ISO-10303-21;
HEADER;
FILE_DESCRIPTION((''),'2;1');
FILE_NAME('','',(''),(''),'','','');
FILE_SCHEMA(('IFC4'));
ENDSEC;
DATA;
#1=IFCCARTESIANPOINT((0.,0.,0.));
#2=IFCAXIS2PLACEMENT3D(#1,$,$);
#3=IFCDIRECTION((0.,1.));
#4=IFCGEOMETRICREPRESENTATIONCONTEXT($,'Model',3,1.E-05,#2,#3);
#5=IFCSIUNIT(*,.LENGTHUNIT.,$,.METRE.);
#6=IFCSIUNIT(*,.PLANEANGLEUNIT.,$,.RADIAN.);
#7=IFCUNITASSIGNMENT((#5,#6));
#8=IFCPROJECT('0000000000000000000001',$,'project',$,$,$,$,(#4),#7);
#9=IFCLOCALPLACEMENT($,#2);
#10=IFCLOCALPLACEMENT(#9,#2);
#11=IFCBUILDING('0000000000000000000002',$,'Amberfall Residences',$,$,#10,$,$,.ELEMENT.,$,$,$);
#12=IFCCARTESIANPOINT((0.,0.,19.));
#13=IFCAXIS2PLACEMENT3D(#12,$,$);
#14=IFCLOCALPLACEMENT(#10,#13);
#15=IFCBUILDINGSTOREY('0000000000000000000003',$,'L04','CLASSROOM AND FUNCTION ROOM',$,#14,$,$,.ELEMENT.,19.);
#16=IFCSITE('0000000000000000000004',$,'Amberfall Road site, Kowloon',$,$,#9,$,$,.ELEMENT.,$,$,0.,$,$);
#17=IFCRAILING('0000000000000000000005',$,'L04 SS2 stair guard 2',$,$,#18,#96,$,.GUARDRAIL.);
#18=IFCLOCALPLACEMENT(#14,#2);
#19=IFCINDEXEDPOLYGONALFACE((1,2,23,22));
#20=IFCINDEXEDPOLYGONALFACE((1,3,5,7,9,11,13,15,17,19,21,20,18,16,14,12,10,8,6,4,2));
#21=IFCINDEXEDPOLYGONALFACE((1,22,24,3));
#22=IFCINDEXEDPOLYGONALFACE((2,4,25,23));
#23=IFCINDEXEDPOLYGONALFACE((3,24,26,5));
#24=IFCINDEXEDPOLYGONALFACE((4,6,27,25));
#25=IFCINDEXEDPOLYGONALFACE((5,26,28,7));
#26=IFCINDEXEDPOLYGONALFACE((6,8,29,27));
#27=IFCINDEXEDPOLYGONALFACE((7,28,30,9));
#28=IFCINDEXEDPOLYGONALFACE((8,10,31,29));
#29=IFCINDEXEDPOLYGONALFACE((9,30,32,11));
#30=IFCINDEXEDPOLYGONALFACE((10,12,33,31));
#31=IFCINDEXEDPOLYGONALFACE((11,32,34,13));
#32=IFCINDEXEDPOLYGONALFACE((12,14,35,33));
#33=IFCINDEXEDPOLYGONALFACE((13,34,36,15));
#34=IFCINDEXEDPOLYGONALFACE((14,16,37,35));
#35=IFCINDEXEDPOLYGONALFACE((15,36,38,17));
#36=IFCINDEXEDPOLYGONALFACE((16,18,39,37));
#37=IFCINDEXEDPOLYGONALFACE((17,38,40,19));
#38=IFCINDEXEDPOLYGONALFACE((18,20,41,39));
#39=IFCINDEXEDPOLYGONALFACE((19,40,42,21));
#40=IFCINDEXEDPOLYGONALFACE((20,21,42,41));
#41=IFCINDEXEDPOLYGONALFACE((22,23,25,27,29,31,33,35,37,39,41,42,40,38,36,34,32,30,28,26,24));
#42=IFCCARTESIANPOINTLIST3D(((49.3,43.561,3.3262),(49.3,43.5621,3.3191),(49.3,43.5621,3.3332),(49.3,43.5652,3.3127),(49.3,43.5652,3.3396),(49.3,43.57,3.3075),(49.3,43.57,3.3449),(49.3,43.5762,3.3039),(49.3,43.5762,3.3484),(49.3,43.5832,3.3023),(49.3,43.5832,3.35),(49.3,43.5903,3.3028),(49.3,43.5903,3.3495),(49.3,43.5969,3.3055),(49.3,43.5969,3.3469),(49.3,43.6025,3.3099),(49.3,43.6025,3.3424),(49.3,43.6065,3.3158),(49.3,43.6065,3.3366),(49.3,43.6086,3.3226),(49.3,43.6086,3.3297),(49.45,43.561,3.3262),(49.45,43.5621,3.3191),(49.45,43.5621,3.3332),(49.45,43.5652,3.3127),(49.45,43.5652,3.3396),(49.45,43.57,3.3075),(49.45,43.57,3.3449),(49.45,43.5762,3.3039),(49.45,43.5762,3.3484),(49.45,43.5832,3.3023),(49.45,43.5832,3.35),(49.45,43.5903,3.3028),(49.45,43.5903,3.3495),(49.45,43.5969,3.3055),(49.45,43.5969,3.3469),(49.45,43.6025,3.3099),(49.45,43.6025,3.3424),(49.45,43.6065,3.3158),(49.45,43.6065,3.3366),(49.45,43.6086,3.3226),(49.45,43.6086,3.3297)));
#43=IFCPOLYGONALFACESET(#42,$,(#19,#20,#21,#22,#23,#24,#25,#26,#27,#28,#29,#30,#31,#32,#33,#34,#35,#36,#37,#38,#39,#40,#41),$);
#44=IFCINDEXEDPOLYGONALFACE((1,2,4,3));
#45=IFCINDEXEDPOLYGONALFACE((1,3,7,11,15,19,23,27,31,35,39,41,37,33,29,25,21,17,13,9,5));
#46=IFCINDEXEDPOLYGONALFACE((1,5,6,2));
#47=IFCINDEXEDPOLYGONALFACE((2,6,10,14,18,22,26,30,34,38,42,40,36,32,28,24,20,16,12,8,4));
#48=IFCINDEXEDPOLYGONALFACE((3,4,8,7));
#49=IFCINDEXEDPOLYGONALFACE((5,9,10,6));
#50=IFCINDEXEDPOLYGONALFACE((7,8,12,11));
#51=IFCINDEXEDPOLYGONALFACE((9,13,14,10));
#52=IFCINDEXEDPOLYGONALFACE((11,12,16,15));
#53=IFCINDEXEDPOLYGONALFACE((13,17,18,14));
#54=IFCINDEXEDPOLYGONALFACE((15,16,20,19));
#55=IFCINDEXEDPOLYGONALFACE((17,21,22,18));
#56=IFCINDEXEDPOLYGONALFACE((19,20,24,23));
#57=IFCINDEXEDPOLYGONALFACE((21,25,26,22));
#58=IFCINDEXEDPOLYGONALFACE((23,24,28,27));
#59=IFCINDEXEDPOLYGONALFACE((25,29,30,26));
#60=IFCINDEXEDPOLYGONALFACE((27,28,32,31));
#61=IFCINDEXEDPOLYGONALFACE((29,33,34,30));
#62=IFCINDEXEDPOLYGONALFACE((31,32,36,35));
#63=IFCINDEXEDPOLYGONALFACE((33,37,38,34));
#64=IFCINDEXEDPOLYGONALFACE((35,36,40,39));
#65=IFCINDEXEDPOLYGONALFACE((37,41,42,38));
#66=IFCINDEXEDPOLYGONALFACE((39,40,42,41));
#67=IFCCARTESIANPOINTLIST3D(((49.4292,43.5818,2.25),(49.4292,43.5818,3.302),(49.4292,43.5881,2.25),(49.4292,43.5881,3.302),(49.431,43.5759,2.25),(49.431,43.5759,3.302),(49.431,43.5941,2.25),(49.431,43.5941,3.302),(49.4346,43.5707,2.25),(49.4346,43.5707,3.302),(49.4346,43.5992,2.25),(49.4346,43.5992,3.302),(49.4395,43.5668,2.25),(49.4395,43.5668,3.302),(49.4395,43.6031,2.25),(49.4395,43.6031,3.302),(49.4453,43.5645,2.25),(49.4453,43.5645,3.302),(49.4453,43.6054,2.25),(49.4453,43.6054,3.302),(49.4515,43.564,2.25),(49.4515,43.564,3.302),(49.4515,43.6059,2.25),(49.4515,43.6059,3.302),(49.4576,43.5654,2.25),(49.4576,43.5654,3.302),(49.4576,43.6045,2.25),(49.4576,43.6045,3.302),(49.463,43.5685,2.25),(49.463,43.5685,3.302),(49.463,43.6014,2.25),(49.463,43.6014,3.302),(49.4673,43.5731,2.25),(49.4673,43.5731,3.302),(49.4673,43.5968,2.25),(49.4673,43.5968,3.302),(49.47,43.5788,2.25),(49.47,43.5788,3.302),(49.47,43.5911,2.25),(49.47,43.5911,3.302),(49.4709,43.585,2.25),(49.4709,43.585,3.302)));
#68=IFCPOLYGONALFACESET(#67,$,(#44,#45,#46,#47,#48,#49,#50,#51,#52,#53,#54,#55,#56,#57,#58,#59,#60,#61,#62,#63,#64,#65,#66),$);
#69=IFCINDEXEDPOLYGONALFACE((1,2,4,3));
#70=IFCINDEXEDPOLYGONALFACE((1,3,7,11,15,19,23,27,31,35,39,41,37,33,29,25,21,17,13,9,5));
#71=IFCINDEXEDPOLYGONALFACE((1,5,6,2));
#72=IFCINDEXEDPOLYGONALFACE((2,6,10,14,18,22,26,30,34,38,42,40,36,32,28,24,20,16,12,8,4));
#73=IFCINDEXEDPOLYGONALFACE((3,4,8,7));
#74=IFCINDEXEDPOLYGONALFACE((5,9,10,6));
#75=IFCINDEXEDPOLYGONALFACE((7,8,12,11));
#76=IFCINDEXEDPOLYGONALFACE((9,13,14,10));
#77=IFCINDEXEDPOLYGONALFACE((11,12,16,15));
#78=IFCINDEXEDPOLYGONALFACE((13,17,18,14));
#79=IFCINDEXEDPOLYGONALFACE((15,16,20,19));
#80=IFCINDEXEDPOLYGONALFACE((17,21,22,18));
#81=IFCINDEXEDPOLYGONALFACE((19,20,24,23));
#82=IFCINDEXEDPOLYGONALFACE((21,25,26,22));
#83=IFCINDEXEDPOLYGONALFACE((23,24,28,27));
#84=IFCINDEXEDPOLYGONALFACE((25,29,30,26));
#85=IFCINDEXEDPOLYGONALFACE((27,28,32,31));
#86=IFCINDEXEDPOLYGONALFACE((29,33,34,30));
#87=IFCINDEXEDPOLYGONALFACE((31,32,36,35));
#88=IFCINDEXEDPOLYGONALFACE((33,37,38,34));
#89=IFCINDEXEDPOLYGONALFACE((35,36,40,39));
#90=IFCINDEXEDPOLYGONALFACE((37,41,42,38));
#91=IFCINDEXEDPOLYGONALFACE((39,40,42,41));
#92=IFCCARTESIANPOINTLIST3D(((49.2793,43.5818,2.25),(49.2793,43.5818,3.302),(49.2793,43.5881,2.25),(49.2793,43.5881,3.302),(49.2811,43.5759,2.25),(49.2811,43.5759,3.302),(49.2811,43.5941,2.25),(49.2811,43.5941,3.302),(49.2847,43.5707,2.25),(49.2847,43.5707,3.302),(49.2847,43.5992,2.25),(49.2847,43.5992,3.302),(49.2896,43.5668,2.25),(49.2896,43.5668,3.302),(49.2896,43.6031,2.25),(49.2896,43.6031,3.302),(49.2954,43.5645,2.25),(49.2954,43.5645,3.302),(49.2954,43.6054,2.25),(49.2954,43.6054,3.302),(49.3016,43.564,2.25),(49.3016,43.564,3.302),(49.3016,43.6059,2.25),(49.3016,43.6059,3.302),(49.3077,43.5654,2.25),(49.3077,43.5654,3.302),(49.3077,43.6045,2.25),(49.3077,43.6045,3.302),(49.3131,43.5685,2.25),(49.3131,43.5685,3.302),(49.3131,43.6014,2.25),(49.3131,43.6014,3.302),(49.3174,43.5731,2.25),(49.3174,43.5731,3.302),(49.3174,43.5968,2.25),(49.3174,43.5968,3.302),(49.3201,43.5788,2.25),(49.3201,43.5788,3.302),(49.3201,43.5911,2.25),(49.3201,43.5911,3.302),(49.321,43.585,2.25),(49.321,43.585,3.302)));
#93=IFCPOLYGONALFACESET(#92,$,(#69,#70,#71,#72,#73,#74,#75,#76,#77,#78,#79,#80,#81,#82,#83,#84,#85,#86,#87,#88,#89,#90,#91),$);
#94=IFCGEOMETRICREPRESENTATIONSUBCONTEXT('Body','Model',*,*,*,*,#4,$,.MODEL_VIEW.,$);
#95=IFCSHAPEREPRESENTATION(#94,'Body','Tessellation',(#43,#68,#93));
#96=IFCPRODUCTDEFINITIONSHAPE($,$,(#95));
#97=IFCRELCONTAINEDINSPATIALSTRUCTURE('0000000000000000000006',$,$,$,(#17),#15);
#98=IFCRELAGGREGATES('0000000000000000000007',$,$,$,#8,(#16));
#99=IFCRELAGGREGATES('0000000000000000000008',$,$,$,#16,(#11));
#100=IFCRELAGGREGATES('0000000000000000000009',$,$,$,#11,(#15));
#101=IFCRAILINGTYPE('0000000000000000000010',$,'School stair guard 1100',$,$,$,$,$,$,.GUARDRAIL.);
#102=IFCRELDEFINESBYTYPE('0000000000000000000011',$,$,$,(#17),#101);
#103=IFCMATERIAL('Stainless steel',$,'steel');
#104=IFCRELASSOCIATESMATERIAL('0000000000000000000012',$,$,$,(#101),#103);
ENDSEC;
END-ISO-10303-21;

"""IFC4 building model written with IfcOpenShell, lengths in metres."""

from ifc_helpers import new_model, si_unit, direction, frame, origin, origin_2d, place, context, subcontext, project, spatial, circle, extrude, material, type_object, element, save


model = new_model("IFC4")

# Units and contexts
model_context = context("Model", 3, precision=1e-05, world=origin(), true_north=direction((0.0, 1.0)))
body_context = subcontext(model_context, "Body", "Model", "MODEL_VIEW")
ifc_project = project(units=[si_unit("LENGTHUNIT", "METRE"), si_unit("PLANEANGLEUNIT", "RADIAN")], contexts=[model_context])

# Site, building, storey
site_placement = place(None, origin())
site = spatial("IfcSite", under=ifc_project, at=site_placement, Name="Amberfall Road site, Kowloon", CompositionType="ELEMENT", RefElevation=0.0)
building_placement = place(site_placement, origin())
building = spatial("IfcBuilding", under=site, at=building_placement, Name="Amberfall Residences", CompositionType="ELEMENT")
storey_placement = place(building_placement, frame((0.0, 0.0, 19.0)))
storey = spatial("IfcBuildingStorey", under=building, at=storey_placement, Name="L04", Description="CLASSROOM AND FUNCTION ROOM", CompositionType="ELEMENT", Elevation=19.0)

# Railing
ifc_material_1 = material(Name="Stainless steel", Category="steel")
railing_type_1 = type_object("IfcRailingType", Name="School stair guard 1100", PredefinedType="GUARDRAIL", material=ifc_material_1)
railing_1_placement = place(storey_placement, frame((49.45, 43.585, 2.25)))
element("IfcRailing", 1, at=railing_1_placement, inside=storey, type_object=railing_type_1, Name="L04 SS2 stair guard 2", PredefinedType="GUARDRAIL", context=body_context, shape_type="SweptSolid", body=[
    extrude(circle(Radius=0.0239, at=origin_2d()), frame((0.0, 0.0, 1.0762), z_axis=(-1.0, 0.0, 0.0), x_axis=(0.0, -1.0, 0.0)), (0.0, 0.0, 1.0), 0.1499),
    extrude(circle(Radius=0.021, at=origin_2d()), origin(), (0.0, 0.0, 1.0), 1.052),
    extrude(circle(Radius=0.021, at=origin_2d()), frame((-0.1499, 0.0, 0.0)), (0.0, 0.0, 1.0), 1.052),
])

save(model, "model.ifc")
